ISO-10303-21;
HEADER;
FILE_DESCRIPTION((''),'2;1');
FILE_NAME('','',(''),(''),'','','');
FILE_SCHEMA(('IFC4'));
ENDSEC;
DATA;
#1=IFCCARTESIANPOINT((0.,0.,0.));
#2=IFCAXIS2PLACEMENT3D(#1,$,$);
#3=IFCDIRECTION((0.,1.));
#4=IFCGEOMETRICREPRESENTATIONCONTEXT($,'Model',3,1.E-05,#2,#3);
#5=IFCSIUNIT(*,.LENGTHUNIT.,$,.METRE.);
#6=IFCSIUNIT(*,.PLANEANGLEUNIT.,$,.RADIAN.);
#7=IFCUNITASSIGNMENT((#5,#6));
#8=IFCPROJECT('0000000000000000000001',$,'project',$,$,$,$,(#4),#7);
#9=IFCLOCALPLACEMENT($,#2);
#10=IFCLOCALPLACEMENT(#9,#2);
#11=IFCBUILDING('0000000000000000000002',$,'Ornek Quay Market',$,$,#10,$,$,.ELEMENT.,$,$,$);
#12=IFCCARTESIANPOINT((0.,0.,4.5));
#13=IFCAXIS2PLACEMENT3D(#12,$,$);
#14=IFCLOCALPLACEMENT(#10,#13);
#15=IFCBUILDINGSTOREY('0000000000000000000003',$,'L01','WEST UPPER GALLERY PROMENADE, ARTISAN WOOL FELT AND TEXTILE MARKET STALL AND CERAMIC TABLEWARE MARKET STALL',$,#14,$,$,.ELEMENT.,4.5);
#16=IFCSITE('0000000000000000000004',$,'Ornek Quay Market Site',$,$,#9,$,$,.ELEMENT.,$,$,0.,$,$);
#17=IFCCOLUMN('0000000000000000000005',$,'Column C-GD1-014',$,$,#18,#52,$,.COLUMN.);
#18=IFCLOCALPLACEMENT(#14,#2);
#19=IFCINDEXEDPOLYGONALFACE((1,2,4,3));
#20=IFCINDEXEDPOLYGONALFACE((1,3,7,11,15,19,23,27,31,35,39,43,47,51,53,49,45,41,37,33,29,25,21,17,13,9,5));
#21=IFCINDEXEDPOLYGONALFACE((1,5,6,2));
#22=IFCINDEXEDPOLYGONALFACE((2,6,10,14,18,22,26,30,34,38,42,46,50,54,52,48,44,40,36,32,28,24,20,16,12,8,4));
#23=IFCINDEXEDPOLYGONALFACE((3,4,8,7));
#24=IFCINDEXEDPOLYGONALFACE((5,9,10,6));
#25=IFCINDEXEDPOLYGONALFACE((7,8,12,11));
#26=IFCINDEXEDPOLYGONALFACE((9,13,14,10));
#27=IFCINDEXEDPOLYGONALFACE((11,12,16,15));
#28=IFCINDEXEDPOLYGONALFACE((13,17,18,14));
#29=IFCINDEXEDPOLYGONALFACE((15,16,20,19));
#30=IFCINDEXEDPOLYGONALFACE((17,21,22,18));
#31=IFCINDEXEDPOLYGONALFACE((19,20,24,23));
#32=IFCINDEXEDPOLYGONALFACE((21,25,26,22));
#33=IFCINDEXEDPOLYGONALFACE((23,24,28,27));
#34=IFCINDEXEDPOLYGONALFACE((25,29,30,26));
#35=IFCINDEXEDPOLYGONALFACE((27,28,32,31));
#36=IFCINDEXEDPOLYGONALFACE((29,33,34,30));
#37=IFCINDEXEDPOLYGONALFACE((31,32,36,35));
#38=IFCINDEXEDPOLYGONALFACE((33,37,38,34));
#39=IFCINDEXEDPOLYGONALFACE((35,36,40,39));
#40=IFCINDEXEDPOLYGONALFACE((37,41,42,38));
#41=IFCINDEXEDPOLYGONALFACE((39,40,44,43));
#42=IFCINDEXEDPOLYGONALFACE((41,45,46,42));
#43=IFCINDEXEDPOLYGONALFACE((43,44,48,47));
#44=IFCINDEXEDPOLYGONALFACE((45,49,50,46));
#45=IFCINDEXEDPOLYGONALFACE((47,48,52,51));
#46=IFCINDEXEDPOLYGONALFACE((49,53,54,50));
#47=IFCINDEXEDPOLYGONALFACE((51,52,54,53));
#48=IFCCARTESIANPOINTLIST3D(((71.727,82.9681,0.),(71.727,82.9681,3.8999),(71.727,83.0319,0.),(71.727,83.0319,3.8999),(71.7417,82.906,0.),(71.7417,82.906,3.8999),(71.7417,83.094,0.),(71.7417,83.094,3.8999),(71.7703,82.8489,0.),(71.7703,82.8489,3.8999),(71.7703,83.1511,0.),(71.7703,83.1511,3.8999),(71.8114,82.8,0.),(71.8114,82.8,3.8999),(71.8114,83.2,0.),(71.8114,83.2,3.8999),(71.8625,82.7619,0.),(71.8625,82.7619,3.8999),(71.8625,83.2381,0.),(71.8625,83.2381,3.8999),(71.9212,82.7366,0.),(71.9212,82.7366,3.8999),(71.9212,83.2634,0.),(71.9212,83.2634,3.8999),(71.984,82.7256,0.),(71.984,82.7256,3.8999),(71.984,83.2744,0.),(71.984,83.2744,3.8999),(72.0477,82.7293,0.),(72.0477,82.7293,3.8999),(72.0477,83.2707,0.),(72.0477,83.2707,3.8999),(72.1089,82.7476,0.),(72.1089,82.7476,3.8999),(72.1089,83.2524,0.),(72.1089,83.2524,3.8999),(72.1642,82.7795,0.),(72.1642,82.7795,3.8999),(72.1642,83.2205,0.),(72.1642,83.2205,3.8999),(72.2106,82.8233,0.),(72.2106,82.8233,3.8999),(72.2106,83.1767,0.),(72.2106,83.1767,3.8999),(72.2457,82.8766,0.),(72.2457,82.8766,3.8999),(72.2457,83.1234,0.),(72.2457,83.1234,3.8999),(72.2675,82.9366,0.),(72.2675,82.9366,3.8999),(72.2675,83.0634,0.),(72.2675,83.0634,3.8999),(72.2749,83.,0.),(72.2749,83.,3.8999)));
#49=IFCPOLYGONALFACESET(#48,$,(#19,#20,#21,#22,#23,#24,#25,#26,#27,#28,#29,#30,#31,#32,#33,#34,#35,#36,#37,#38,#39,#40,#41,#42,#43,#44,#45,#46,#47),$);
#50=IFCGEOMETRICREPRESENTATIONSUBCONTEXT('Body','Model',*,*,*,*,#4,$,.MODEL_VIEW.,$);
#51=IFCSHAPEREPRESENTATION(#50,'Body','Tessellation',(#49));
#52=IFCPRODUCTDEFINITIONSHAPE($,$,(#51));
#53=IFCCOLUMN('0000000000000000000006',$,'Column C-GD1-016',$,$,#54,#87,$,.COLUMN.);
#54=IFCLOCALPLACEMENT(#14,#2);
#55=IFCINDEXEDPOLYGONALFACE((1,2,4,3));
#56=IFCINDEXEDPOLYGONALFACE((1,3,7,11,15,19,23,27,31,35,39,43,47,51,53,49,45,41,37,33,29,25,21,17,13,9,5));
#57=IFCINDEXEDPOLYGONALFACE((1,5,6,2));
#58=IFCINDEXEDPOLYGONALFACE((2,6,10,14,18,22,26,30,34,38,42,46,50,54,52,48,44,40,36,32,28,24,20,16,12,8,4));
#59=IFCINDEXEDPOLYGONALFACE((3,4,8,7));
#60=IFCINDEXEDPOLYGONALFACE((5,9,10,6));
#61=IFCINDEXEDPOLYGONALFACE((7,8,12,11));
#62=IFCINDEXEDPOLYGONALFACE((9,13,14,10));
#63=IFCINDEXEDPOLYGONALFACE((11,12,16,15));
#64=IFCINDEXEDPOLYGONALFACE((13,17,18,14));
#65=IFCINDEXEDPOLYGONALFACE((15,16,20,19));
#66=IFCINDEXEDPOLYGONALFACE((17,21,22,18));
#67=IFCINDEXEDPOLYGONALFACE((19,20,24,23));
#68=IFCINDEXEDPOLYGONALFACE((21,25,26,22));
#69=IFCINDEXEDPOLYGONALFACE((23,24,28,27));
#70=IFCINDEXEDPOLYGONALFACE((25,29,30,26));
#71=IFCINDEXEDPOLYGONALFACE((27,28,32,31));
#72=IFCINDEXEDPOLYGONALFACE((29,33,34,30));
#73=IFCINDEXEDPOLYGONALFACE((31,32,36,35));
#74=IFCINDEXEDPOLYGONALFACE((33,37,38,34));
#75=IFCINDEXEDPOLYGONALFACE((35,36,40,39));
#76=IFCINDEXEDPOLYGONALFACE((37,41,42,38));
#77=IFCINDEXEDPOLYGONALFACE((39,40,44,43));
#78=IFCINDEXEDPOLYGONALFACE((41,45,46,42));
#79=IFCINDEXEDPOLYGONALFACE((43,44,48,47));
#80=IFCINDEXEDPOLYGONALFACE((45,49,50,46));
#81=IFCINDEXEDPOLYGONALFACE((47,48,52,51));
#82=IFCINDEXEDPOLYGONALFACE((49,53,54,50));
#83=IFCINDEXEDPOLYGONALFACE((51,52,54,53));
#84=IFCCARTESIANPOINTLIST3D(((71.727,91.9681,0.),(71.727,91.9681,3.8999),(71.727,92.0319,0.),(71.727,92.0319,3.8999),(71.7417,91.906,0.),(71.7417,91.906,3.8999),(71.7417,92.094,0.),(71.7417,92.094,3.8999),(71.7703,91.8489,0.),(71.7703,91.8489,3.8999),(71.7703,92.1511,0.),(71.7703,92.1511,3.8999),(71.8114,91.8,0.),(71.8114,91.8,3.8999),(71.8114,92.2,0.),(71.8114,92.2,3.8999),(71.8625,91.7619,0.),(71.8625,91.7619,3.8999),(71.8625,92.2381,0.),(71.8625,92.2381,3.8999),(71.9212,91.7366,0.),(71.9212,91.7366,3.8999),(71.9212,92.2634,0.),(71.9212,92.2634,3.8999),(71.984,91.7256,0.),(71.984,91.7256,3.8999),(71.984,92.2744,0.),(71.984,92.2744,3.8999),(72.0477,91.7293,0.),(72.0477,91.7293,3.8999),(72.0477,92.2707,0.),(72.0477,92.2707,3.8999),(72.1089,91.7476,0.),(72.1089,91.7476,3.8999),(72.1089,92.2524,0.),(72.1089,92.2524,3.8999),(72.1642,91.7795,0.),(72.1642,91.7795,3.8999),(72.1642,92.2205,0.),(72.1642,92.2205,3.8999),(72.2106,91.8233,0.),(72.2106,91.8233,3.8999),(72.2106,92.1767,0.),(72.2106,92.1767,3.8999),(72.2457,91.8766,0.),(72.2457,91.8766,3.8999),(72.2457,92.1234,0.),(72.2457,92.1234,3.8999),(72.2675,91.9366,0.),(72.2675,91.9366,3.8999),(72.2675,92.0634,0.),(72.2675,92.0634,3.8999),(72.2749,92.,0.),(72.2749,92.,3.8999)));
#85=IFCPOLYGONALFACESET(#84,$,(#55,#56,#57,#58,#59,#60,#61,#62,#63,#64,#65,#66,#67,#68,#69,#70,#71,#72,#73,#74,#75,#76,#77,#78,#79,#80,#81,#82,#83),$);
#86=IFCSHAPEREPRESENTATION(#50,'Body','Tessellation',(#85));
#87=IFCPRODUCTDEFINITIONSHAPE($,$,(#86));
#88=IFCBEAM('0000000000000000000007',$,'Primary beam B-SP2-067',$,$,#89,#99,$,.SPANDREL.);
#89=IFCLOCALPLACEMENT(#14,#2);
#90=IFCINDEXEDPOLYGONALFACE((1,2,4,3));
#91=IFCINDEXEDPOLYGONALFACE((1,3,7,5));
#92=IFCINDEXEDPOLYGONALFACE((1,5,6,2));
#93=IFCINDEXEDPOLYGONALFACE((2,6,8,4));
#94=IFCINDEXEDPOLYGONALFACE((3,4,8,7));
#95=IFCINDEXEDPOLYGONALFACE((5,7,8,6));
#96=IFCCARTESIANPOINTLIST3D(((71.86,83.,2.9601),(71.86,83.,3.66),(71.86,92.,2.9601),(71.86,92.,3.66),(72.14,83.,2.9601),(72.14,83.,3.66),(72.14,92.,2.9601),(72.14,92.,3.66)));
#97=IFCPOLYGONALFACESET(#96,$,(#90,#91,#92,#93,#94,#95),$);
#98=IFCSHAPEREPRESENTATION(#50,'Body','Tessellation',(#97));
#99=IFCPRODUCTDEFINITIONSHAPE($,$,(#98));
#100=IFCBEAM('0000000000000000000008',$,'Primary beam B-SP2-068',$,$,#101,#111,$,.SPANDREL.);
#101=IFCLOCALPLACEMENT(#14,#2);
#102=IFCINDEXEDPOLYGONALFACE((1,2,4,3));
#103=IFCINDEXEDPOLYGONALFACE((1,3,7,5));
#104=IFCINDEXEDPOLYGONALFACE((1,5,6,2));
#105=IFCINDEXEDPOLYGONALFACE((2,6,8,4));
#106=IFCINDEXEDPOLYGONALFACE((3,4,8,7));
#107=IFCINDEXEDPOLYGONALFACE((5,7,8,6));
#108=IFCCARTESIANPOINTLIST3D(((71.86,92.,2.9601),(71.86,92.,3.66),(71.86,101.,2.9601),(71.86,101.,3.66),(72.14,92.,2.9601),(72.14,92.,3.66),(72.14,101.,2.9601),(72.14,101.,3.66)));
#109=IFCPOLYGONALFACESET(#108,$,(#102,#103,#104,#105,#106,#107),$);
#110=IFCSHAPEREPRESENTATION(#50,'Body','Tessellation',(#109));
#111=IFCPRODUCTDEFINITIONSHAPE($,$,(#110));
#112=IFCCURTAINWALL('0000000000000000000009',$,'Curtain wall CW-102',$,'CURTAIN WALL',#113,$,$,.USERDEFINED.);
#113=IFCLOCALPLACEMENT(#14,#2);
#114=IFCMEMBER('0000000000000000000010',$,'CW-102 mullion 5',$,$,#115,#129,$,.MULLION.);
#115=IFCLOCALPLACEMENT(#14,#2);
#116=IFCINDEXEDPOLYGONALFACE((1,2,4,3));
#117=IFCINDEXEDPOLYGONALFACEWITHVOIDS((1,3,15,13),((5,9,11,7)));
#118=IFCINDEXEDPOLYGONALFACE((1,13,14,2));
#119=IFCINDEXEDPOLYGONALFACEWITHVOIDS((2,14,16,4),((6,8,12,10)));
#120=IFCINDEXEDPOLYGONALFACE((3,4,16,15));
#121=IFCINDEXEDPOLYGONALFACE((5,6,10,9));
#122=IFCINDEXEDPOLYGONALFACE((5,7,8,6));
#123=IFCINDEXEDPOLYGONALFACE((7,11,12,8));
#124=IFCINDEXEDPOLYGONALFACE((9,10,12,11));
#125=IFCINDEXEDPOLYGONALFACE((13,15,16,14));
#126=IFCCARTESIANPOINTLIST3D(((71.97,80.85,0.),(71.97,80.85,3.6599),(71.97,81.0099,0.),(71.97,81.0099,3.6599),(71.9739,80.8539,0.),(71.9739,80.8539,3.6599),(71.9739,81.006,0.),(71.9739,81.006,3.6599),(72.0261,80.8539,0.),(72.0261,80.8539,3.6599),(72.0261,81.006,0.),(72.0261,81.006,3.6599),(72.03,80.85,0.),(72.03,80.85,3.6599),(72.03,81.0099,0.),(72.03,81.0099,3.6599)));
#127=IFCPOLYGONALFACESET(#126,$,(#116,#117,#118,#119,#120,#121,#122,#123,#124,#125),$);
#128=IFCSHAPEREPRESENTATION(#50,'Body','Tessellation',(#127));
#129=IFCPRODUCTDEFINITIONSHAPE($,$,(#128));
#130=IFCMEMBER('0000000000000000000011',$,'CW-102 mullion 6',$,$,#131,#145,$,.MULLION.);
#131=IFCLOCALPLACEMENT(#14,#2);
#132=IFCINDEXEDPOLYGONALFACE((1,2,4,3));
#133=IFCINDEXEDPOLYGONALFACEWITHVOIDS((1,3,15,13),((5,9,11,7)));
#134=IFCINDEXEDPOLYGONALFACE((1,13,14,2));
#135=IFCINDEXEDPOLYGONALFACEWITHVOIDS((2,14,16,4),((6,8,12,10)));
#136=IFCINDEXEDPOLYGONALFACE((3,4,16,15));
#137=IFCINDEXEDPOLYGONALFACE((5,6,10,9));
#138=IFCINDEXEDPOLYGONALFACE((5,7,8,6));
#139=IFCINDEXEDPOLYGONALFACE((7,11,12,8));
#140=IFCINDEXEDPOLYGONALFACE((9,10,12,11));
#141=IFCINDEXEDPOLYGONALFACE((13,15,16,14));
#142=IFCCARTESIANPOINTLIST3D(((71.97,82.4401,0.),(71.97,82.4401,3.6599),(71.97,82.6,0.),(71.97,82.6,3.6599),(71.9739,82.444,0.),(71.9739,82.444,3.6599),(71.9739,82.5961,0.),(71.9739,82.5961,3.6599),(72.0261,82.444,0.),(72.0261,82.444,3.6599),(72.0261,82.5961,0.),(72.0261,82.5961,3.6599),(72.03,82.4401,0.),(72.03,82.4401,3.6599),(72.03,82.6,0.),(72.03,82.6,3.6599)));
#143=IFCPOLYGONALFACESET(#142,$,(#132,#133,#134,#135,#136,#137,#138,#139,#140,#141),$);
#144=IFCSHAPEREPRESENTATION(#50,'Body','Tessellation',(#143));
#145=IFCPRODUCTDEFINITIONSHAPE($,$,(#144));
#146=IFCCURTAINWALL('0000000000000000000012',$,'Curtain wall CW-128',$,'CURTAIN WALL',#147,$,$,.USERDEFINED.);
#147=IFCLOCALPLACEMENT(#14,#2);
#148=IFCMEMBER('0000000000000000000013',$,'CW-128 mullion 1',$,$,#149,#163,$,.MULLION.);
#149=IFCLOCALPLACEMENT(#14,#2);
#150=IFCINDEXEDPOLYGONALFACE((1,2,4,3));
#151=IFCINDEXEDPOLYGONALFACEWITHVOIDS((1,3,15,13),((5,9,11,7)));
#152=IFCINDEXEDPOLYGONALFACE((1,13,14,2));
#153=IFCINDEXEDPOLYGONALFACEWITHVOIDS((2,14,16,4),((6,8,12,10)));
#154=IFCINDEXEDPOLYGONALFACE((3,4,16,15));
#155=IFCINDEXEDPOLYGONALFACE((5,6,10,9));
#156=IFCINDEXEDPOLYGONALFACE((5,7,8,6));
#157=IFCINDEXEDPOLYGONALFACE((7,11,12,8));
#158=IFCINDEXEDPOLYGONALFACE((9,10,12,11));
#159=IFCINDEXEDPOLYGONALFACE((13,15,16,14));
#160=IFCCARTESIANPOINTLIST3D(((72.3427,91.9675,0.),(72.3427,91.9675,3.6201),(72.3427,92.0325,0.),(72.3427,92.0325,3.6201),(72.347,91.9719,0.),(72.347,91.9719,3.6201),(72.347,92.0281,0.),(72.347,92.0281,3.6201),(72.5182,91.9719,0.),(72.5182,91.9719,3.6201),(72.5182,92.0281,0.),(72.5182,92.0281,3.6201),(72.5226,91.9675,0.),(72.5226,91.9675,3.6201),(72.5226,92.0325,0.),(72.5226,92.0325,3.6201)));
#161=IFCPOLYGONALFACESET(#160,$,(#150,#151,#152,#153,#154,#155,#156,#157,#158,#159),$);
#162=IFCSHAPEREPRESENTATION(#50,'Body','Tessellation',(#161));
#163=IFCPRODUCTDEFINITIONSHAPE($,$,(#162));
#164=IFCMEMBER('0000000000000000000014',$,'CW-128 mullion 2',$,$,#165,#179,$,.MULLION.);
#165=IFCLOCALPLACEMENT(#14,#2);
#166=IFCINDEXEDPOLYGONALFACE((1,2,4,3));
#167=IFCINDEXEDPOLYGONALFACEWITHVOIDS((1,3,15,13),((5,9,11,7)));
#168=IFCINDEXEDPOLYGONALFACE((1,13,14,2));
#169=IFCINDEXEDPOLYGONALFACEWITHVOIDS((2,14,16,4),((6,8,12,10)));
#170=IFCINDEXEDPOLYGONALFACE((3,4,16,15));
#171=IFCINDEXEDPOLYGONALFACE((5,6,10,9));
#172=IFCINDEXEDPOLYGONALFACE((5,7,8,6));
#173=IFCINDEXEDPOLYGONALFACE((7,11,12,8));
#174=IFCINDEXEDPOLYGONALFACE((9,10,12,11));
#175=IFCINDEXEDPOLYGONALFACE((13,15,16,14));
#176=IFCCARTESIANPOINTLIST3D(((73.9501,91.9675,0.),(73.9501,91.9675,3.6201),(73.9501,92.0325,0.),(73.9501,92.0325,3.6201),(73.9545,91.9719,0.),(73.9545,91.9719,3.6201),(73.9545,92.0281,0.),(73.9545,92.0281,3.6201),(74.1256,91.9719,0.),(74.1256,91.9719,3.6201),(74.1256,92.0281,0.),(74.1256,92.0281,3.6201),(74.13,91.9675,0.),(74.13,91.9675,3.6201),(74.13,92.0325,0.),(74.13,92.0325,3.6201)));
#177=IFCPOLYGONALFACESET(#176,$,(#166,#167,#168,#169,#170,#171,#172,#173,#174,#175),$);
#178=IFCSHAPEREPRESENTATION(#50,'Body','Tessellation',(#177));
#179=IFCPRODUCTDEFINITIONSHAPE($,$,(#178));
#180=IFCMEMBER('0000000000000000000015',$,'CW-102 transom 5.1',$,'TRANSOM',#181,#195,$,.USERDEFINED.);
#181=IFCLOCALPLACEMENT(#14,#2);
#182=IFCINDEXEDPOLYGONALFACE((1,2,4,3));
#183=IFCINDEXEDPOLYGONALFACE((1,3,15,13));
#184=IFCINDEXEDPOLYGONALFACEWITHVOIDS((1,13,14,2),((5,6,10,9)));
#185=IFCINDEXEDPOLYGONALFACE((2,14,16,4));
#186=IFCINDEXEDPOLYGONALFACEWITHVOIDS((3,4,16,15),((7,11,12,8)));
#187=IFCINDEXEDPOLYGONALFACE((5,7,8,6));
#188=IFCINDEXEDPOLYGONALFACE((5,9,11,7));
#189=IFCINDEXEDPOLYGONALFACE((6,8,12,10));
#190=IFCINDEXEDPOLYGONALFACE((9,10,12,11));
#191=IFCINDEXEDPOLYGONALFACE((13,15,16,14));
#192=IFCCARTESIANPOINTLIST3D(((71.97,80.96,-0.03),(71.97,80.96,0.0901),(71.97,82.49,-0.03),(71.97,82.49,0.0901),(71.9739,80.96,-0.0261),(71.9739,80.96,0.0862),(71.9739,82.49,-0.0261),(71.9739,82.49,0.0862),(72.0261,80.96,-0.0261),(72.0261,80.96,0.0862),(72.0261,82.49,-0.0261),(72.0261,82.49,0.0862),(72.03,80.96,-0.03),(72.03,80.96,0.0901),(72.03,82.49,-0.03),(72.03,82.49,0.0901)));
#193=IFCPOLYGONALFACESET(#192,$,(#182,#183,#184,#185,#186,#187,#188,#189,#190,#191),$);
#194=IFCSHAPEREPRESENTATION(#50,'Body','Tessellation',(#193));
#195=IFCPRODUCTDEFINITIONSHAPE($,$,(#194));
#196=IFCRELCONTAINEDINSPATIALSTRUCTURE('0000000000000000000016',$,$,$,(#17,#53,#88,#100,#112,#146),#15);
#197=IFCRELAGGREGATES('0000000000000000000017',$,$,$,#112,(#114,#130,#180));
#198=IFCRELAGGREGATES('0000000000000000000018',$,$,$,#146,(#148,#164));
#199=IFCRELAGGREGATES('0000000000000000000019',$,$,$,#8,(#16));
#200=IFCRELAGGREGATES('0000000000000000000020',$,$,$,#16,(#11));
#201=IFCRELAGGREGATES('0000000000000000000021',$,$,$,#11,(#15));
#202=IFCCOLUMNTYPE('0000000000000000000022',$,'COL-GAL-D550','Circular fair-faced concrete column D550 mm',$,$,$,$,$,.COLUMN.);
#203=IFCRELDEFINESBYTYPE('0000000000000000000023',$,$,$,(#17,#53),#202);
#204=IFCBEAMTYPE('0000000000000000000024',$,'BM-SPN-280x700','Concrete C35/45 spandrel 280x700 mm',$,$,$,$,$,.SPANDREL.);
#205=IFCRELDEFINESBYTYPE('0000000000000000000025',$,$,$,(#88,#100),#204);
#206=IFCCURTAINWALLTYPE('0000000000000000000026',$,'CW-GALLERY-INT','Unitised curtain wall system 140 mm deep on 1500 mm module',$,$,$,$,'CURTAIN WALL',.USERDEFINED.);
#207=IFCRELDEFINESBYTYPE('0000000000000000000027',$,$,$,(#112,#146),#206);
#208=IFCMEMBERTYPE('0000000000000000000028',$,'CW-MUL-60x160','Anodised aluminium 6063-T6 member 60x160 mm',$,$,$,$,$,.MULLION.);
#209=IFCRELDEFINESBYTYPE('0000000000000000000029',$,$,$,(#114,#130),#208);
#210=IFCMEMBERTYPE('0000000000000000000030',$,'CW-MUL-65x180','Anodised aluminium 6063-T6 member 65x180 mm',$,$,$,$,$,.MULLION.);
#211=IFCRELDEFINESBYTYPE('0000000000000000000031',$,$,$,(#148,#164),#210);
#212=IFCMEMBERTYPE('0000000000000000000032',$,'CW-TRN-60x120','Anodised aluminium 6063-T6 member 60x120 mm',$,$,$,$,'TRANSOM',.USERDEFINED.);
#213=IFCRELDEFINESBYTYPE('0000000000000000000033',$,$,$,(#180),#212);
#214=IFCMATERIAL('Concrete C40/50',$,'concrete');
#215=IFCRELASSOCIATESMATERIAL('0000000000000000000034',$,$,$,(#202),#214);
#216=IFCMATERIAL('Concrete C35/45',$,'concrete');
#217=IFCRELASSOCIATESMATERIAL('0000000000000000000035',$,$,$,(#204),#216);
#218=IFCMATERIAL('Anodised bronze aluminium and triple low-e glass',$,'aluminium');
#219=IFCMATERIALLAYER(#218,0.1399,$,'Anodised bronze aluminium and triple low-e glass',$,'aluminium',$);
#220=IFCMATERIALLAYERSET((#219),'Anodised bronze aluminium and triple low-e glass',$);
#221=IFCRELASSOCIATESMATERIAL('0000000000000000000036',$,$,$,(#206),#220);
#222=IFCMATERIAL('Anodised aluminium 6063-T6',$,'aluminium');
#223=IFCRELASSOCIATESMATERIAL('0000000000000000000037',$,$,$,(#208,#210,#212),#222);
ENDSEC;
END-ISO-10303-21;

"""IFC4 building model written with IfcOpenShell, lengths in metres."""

from ifc_helpers import new_model, si_unit, direction, frame, origin, origin_2d, place, context, subcontext, project, spatial, rectangle, hollow_rectangle, circle, extrude, material, layer, layer_set, material_profile, profile_set, type_object, element, aggregate, save


model = new_model("IFC4")

# Units and contexts
model_context = context("Model", 3, precision=1e-05, world=origin(), true_north=direction((0.0, 1.0)))
body_context = subcontext(model_context, "Body", "Model", "MODEL_VIEW")
ifc_project = project(units=[si_unit("LENGTHUNIT", "METRE"), si_unit("PLANEANGLEUNIT", "RADIAN")], contexts=[model_context])

# Site, building, storey
site_placement = place(None, origin())
site = spatial("IfcSite", under=ifc_project, at=site_placement, Name="Ornek Quay Market Site", CompositionType="ELEMENT", RefElevation=0.0)
building_placement = place(site_placement, origin())
building = spatial("IfcBuilding", under=site, at=building_placement, Name="Ornek Quay Market", CompositionType="ELEMENT")
storey_placement = place(building_placement, frame((0.0, 0.0, 4.5)))
storey = spatial("IfcBuildingStorey", under=building, at=storey_placement, Name="L01", Description="WEST UPPER GALLERY PROMENADE, ARTISAN WOOL FELT AND TEXTILE MARKET STALL AND CERAMIC TABLEWARE MARKET STALL", CompositionType="ELEMENT", Elevation=4.5)

# Columns
ifc_material_1 = material(Name="Concrete C40/50", Category="concrete")
ifc_material_profile_1 = material_profile(ifc_material_1, circle(Radius=0.2749, at=origin_2d()), Name="RC D550", Category="concrete")
ifc_profile_set_1 = profile_set([ifc_material_profile_1], Name="Concrete C40/50")
column_type = type_object("IfcColumnType", Name="COL-GAL-D550", Description="Circular fair-faced concrete column D550 mm", PredefinedType="COLUMN", material=ifc_profile_set_1)
for number, where, z_axis, x_axis, name in (
    (1, (72.0, 83.0, 0.0), (0.0, 0.0, 1.0), (1.0, 0.0, 0.0), "Column C-GD1-014"),
    (2, (72.0, 92.0, 0.0), (0.0, 0.0, 1.0), (1.0, 0.0, 0.0), "Column C-GD1-016"),
):
    element("IfcColumn", number, at=place(storey_placement, frame(where, z_axis=z_axis, x_axis=x_axis)), inside=storey, type_object=column_type, Name=name, PredefinedType="COLUMN", context=body_context, shape_type="SweptSolid", body=[
        extrude(circle(Radius=0.2749, at=origin_2d()), origin(), (0.0, 0.0, 1.0), 3.8999),
    ])

# Beams
ifc_material_2 = material(Name="Concrete C35/45", Category="concrete")
ifc_material_profile_2 = material_profile(ifc_material_2, rectangle(XDim=0.28, YDim=0.7, at=origin_2d()), Name="RC 280x700", Category="concrete")
ifc_profile_set_2 = profile_set([ifc_material_profile_2], Name="Concrete C35/45")
beam_type = type_object("IfcBeamType", Name="BM-SPN-280x700", Description="Concrete C35/45 spandrel 280x700 mm", PredefinedType="SPANDREL", material=ifc_profile_set_2)
for number, where, z_axis, x_axis, name in (
    (3, (72.0, 83.0, 3.3101), (0.0, 1.0, 0.0), (-1.0, 0.0, 0.0), "Primary beam B-SP2-067"),
    (4, (72.0, 92.0, 3.3101), (0.0, 1.0, 0.0), (-1.0, 0.0, 0.0), "Primary beam B-SP2-068"),
):
    element("IfcBeam", number, at=place(storey_placement, frame(where, z_axis=z_axis, x_axis=x_axis)), inside=storey, type_object=beam_type, Name=name, PredefinedType="SPANDREL", context=body_context, shape_type="SweptSolid", body=[
        extrude(rectangle(XDim=0.28, YDim=0.7, at=origin_2d()), origin(), (0.0, 0.0, 1.0), 9.0),
    ])

# Curtain walls, members
ifc_material_3 = material(Name="Anodised bronze aluminium and triple low-e glass", Category="aluminium")
ifc_layer_1 = layer(ifc_material_3, 0.1399, Name="Anodised bronze aluminium and triple low-e glass", Category="aluminium")
ifc_layer_set_1 = layer_set([ifc_layer_1], Name="Anodised bronze aluminium and triple low-e glass")
curtain_wall_type = type_object("IfcCurtainWallType", Name="CW-GALLERY-INT", Description="Unitised curtain wall system 140 mm deep on 1500 mm module", ElementType="CURTAIN WALL", PredefinedType="USERDEFINED", material=ifc_layer_set_1)
curtain_wall_1_placement = place(storey_placement, origin())
curtain_wall_1 = element("IfcCurtainWall", 5, at=curtain_wall_1_placement, inside=storey, type_object=curtain_wall_type, Name="Curtain wall CW-102", ObjectType="CURTAIN WALL", PredefinedType="USERDEFINED")
ifc_material_4 = material(Name="Anodised aluminium 6063-T6", Category="aluminium")
ifc_material_profile_3 = material_profile(ifc_material_4, hollow_rectangle(XDim=0.0601, YDim=0.1599, WallThickness=0.0039, at=origin_2d()), Name="CW-MUL-60x160", Category="aluminium")
ifc_profile_set_3 = profile_set([ifc_material_profile_3], Name="Anodised aluminium 6063-T6")
member_type_1 = type_object("IfcMemberType", Name="CW-MUL-60x160", Description="Anodised aluminium 6063-T6 member 60x160 mm", PredefinedType="MULLION", material=ifc_profile_set_3)
member_1_placement = place(storey_placement, frame((72.0, 80.9299, 0.0), z_axis=(0.0, 0.0, 1.0), x_axis=(-1.0, 0.0, 0.0)))
member_1 = element("IfcMember", 6, at=member_1_placement, type_object=member_type_1, Name="CW-102 mullion 5", PredefinedType="MULLION", context=body_context, shape_type="SweptSolid", body=[
    extrude(hollow_rectangle(XDim=0.0601, YDim=0.1599, WallThickness=0.0039, at=origin_2d()), origin(), (0.0, 0.0, 1.0), 3.6599),
])
member_2_placement = place(storey_placement, frame((72.0, 82.52, 0.0), z_axis=(0.0, 0.0, 1.0), x_axis=(-1.0, 0.0, 0.0)))
member_2 = element("IfcMember", 7, at=member_2_placement, type_object=member_type_1, Name="CW-102 mullion 6", PredefinedType="MULLION", context=body_context, shape_type="SweptSolid", body=[
    extrude(hollow_rectangle(XDim=0.0601, YDim=0.1599, WallThickness=0.0039, at=origin_2d()), origin(), (0.0, 0.0, 1.0), 3.6599),
])
curtain_wall_2_placement = place(storey_placement, origin())
curtain_wall_2 = element("IfcCurtainWall", 8, at=curtain_wall_2_placement, inside=storey, type_object=curtain_wall_type, Name="Curtain wall CW-128", ObjectType="CURTAIN WALL", PredefinedType="USERDEFINED")
ifc_material_profile_4 = material_profile(ifc_material_4, hollow_rectangle(XDim=0.0649, YDim=0.1799, WallThickness=0.0044, at=origin_2d()), Name="CW-MUL-65x180", Category="aluminium")
ifc_profile_set_4 = profile_set([ifc_material_profile_4], Name="Anodised aluminium 6063-T6")
member_type_2 = type_object("IfcMemberType", Name="CW-MUL-65x180", Description="Anodised aluminium 6063-T6 member 65x180 mm", PredefinedType="MULLION", material=ifc_profile_set_4)
member_3_placement = place(storey_placement, frame((72.4326, 92.0, 0.0), z_axis=(0.0, 0.0, 1.0), x_axis=(0.0, 1.0, 0.0)))
member_3 = element("IfcMember", 9, at=member_3_placement, type_object=member_type_2, Name="CW-128 mullion 1", PredefinedType="MULLION", context=body_context, shape_type="SweptSolid", body=[
    extrude(hollow_rectangle(XDim=0.0649, YDim=0.1799, WallThickness=0.0044, at=origin_2d()), origin(), (0.0, 0.0, 1.0), 3.6201),
])
member_4_placement = place(storey_placement, frame((74.04, 92.0, 0.0), z_axis=(0.0, 0.0, 1.0), x_axis=(0.0, 1.0, 0.0)))
member_4 = element("IfcMember", 10, at=member_4_placement, type_object=member_type_2, Name="CW-128 mullion 2", PredefinedType="MULLION", context=body_context, shape_type="SweptSolid", body=[
    extrude(hollow_rectangle(XDim=0.0649, YDim=0.1799, WallThickness=0.0044, at=origin_2d()), origin(), (0.0, 0.0, 1.0), 3.6201),
])

# Member
ifc_material_profile_5 = material_profile(ifc_material_4, hollow_rectangle(XDim=0.0601, YDim=0.1201, WallThickness=0.0039, at=origin_2d()), Name="CW-TRN-60x120", Category="aluminium")
ifc_profile_set_5 = profile_set([ifc_material_profile_5], Name="Anodised aluminium 6063-T6")
member_type_3 = type_object("IfcMemberType", Name="CW-TRN-60x120", Description="Anodised aluminium 6063-T6 member 60x120 mm", ElementType="TRANSOM", PredefinedType="USERDEFINED", material=ifc_profile_set_5)
member_5_placement = place(storey_placement, frame((72.0, 80.96, 0.03), z_axis=(0.0, 1.0, 0.0), x_axis=(-1.0, 0.0, 0.0)))
member_5 = element("IfcMember", 11, at=member_5_placement, type_object=member_type_3, Name="CW-102 transom 5.1", ObjectType="TRANSOM", PredefinedType="USERDEFINED", context=body_context, shape_type="SweptSolid", body=[
    extrude(hollow_rectangle(XDim=0.0601, YDim=0.1201, WallThickness=0.0039, at=origin_2d()), origin(), (0.0, 0.0, 1.0), 1.53),
])

aggregate(curtain_wall_1, [member_1, member_2, member_5])
aggregate(curtain_wall_2, [member_3, member_4])

save(model, "model.ifc")
